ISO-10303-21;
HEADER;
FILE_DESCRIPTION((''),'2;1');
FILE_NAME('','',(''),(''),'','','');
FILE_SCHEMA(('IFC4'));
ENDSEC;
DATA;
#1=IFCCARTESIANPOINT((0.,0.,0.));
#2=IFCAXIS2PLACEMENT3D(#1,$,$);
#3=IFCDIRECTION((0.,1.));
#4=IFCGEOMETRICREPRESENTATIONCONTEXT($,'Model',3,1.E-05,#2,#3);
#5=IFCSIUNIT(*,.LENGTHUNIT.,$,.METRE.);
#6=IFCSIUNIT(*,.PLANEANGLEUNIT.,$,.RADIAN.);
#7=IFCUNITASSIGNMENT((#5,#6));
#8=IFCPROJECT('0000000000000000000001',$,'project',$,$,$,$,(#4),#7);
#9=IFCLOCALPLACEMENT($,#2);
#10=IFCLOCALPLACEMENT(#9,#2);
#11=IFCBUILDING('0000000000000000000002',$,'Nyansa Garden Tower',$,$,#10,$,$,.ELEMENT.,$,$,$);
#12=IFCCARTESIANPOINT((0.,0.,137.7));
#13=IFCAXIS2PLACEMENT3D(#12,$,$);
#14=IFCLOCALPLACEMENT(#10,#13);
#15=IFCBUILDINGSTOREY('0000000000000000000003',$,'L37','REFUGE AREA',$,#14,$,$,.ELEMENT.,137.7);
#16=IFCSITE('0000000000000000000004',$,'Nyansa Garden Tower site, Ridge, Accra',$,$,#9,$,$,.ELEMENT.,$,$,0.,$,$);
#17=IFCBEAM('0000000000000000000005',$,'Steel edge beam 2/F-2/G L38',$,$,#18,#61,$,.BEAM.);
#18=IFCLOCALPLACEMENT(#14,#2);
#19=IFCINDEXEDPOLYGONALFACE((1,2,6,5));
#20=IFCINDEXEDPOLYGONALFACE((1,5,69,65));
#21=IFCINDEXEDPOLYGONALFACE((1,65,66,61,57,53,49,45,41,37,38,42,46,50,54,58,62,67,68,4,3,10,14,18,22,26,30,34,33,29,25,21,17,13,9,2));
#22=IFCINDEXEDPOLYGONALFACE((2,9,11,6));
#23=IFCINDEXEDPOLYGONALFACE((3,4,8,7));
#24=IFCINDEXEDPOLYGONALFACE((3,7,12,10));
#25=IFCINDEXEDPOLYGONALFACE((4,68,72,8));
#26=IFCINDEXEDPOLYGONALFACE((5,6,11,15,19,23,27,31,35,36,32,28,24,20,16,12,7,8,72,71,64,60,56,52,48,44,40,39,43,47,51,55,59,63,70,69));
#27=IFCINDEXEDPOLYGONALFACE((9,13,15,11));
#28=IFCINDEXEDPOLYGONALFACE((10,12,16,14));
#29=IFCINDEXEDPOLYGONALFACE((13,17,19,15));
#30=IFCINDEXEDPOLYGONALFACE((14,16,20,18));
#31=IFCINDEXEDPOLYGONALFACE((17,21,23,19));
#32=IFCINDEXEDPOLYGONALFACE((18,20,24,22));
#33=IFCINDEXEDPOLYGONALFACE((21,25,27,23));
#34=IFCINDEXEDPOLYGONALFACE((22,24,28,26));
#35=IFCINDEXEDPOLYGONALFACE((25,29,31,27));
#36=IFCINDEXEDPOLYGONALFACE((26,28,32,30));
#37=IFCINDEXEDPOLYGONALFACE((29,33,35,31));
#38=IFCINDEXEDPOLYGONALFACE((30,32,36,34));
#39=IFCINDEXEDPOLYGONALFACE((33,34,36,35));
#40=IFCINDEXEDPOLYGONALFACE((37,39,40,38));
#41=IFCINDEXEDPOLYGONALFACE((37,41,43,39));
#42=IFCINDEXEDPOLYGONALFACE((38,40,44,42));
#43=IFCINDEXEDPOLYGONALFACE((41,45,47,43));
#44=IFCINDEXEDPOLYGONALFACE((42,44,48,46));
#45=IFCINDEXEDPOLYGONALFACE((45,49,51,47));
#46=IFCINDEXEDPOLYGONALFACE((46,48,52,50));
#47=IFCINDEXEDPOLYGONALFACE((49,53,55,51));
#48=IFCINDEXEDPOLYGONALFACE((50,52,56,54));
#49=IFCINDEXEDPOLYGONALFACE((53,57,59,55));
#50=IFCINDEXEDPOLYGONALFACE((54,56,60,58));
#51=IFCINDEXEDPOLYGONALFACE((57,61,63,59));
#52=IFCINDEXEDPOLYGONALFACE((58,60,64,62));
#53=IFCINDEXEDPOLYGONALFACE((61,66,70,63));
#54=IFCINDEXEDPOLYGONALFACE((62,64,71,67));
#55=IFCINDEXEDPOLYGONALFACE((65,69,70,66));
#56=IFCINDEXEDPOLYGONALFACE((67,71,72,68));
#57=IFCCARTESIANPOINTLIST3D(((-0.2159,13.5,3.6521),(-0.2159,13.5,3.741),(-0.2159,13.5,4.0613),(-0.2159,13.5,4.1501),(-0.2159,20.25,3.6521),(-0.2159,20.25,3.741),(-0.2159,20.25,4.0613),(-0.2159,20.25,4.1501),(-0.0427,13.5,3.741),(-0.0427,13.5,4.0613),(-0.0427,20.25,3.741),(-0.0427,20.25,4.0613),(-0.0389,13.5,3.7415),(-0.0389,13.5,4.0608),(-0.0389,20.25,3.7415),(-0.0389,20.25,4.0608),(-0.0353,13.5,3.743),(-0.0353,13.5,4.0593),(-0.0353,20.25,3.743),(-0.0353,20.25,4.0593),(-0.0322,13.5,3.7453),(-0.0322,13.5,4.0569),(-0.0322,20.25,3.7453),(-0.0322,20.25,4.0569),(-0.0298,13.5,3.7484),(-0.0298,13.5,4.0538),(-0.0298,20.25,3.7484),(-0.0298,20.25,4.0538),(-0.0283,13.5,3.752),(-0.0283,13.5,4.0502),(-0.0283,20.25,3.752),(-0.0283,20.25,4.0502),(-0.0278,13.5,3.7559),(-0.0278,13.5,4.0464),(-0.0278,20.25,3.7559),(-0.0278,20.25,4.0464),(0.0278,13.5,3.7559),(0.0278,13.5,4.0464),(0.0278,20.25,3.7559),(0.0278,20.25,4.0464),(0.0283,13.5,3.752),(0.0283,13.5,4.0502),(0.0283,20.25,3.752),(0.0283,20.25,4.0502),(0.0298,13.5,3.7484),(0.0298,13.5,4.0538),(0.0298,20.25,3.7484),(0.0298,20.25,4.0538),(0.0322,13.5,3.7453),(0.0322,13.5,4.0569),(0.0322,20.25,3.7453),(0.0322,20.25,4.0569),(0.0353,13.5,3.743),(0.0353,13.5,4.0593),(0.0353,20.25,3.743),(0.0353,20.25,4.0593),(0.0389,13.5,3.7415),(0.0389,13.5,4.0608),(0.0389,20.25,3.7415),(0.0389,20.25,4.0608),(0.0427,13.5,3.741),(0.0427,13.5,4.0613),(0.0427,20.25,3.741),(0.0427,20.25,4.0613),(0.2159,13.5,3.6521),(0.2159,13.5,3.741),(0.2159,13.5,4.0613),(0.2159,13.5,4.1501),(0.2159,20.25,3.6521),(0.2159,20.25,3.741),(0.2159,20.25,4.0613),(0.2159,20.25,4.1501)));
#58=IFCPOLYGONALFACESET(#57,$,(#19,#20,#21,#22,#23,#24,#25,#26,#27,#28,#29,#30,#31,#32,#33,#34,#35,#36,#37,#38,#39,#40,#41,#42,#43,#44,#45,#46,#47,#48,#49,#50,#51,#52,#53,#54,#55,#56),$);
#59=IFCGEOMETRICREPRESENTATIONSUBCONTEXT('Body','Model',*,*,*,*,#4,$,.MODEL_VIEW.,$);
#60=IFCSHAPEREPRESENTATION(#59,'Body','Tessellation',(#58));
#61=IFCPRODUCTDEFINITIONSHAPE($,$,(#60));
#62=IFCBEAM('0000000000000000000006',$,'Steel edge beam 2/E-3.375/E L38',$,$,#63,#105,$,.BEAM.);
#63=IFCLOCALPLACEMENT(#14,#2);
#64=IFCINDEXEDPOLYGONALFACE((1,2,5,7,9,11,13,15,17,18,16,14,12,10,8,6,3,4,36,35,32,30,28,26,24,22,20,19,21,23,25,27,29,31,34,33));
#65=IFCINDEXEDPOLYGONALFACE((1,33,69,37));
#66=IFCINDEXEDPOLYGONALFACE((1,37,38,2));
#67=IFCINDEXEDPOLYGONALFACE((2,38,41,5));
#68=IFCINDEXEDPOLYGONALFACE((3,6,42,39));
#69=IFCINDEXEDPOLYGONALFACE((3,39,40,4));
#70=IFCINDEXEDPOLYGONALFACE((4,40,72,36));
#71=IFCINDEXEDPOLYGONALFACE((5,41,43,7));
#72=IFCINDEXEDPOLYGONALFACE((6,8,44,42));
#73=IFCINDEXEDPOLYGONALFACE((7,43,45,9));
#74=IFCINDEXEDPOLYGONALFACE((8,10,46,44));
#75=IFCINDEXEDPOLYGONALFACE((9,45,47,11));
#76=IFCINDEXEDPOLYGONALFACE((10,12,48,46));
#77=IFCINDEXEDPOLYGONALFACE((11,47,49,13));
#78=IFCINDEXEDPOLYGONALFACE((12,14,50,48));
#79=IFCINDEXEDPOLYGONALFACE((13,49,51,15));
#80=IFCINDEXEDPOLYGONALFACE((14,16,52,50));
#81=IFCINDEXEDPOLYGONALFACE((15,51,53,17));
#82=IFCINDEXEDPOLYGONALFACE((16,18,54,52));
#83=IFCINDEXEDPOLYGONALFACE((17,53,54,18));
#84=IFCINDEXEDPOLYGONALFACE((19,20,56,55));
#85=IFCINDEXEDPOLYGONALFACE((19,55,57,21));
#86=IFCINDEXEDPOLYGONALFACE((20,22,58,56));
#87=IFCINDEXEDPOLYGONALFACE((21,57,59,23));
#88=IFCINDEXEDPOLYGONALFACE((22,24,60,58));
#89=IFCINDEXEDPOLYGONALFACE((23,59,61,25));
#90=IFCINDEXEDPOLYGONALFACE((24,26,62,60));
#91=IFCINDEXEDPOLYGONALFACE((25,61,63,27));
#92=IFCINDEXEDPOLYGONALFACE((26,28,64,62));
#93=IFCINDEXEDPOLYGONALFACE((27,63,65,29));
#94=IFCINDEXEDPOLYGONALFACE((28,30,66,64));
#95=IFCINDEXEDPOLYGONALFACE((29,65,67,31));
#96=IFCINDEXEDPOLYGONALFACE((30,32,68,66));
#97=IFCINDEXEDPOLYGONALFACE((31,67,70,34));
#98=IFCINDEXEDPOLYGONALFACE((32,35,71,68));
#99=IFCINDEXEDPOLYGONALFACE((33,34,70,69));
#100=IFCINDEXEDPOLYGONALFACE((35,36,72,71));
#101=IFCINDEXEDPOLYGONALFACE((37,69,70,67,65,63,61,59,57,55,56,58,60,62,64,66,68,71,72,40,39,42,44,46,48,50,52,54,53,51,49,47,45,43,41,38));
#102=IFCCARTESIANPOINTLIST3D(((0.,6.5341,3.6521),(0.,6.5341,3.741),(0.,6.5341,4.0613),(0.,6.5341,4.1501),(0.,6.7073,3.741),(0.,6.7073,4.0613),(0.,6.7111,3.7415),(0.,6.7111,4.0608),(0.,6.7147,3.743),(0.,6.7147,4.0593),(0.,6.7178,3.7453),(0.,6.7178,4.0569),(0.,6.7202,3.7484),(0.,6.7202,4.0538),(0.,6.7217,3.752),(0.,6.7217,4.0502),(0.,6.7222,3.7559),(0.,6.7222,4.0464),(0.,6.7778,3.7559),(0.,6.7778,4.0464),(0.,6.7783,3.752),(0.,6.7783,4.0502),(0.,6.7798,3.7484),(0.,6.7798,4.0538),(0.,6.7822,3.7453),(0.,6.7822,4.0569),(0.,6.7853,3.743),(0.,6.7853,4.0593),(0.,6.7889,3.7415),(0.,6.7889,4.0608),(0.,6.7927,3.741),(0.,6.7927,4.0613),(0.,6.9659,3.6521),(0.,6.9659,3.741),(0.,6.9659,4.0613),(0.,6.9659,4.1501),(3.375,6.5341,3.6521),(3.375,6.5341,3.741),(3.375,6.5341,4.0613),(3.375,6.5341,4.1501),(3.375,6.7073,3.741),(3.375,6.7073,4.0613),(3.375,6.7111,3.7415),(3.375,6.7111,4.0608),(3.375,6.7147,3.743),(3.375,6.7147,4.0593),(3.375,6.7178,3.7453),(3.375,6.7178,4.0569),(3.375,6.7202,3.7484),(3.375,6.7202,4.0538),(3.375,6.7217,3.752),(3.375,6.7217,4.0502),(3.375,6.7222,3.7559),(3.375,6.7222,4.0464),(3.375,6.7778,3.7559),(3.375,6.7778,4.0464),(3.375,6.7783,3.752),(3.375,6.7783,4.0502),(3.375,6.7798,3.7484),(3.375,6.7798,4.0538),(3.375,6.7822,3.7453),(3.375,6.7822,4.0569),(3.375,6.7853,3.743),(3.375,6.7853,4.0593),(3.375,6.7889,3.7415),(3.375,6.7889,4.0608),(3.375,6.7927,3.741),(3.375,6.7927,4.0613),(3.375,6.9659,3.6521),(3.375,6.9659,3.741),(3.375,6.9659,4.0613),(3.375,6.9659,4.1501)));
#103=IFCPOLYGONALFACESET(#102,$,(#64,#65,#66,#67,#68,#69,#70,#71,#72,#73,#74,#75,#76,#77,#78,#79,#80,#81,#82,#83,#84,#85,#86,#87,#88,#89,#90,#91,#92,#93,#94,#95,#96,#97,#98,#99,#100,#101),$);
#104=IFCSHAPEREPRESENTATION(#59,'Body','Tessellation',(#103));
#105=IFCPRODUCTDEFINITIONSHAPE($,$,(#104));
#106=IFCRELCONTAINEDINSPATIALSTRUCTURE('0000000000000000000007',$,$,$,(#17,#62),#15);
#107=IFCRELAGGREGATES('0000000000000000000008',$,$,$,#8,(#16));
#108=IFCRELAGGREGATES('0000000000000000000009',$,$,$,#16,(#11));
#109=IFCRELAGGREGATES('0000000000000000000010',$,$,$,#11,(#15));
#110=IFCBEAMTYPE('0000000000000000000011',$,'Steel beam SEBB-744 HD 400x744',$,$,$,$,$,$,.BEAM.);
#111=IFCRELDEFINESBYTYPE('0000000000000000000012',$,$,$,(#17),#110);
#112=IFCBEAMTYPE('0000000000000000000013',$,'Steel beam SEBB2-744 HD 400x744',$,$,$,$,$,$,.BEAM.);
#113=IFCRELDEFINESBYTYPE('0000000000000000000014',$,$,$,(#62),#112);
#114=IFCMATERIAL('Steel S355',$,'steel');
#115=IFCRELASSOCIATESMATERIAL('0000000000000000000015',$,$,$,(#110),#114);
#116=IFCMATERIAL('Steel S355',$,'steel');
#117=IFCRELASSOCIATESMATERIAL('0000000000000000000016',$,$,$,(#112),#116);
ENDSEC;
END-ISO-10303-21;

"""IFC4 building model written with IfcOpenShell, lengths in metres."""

from ifc_helpers import new_model, si_unit, direction, frame, origin, origin_2d, place, context, subcontext, project, spatial, i_section, extrude, material, material_profile, profile_set, type_object, element, save


model = new_model("IFC4")

# Units and contexts
model_context = context("Model", 3, precision=1e-05, world=origin(), true_north=direction((0.0, 1.0)))
body_context = subcontext(model_context, "Body", "Model", "MODEL_VIEW")
ifc_project = project(units=[si_unit("LENGTHUNIT", "METRE"), si_unit("PLANEANGLEUNIT", "RADIAN")], contexts=[model_context])

# Site, building, storey
site_placement = place(None, origin())
site = spatial("IfcSite", under=ifc_project, at=site_placement, Name="Nyansa Garden Tower site, Ridge, Accra", CompositionType="ELEMENT", RefElevation=0.0)
building_placement = place(site_placement, origin())
building = spatial("IfcBuilding", under=site, at=building_placement, Name="Nyansa Garden Tower", CompositionType="ELEMENT")
storey_placement = place(building_placement, frame((0.0, 0.0, 137.7)))
storey = spatial("IfcBuildingStorey", under=building, at=storey_placement, Name="L37", Description="REFUGE AREA", CompositionType="ELEMENT", Elevation=137.7)

# Beams
ifc_material_1 = material(Name="Steel S355", Category="steel")
ifc_material_profile_1 = material_profile(ifc_material_1, i_section(OverallWidth=0.4319, OverallDepth=0.498, WebThickness=0.0557, FlangeThickness=0.0889, FilletRadius=0.0149, at=origin_2d()), Name="HD 400x744")
ifc_profile_set_1 = profile_set([ifc_material_profile_1], Name="Steel S355")
beam_type_1 = type_object("IfcBeamType", Name="Steel beam SEBB-744 HD 400x744", PredefinedType="BEAM", material=ifc_profile_set_1)
for number, where, z_axis, x_axis, name in (
    (1, (0.0, 13.5, 3.9011), (0.0, 1.0, 0.0), (-1.0, 0.0, 0.0), "Steel edge beam 2/F-2/G L38"),
):
    element("IfcBeam", number, at=place(storey_placement, frame(where, z_axis=z_axis, x_axis=x_axis)), inside=storey, type_object=beam_type_1, Name=name, PredefinedType="BEAM", context=body_context, shape_type="SweptSolid", body=[
        extrude(i_section(OverallWidth=0.4319, OverallDepth=0.498, WebThickness=0.0557, FlangeThickness=0.0889, FilletRadius=0.0149, at=origin_2d()), origin(), (0.0, 0.0, 1.0), 6.75),
    ])
ifc_material_2 = material(Name="Steel S355", Category="steel")
ifc_material_profile_2 = material_profile(ifc_material_2, i_section(OverallWidth=0.4319, OverallDepth=0.498, WebThickness=0.0557, FlangeThickness=0.0889, FilletRadius=0.0149, at=origin_2d()), Name="HD 400x744")
ifc_profile_set_2 = profile_set([ifc_material_profile_2], Name="Steel S355")
beam_type_2 = type_object("IfcBeamType", Name="Steel beam SEBB2-744 HD 400x744", PredefinedType="BEAM", material=ifc_profile_set_2)
beam_1_placement = place(storey_placement, frame((0.0, 6.75, 3.9011), z_axis=(1.0, 0.0, 0.0), x_axis=(0.0, 1.0, 0.0)))
element("IfcBeam", 2, at=beam_1_placement, inside=storey, type_object=beam_type_2, Name="Steel edge beam 2/E-3.375/E L38", PredefinedType="BEAM", context=body_context, shape_type="SweptSolid", body=[
    extrude(i_section(OverallWidth=0.4319, OverallDepth=0.498, WebThickness=0.0557, FlangeThickness=0.0889, FilletRadius=0.0149, at=origin_2d()), origin(), (0.0, 0.0, 1.0), 3.375),
])

save(model, "model.ifc")
